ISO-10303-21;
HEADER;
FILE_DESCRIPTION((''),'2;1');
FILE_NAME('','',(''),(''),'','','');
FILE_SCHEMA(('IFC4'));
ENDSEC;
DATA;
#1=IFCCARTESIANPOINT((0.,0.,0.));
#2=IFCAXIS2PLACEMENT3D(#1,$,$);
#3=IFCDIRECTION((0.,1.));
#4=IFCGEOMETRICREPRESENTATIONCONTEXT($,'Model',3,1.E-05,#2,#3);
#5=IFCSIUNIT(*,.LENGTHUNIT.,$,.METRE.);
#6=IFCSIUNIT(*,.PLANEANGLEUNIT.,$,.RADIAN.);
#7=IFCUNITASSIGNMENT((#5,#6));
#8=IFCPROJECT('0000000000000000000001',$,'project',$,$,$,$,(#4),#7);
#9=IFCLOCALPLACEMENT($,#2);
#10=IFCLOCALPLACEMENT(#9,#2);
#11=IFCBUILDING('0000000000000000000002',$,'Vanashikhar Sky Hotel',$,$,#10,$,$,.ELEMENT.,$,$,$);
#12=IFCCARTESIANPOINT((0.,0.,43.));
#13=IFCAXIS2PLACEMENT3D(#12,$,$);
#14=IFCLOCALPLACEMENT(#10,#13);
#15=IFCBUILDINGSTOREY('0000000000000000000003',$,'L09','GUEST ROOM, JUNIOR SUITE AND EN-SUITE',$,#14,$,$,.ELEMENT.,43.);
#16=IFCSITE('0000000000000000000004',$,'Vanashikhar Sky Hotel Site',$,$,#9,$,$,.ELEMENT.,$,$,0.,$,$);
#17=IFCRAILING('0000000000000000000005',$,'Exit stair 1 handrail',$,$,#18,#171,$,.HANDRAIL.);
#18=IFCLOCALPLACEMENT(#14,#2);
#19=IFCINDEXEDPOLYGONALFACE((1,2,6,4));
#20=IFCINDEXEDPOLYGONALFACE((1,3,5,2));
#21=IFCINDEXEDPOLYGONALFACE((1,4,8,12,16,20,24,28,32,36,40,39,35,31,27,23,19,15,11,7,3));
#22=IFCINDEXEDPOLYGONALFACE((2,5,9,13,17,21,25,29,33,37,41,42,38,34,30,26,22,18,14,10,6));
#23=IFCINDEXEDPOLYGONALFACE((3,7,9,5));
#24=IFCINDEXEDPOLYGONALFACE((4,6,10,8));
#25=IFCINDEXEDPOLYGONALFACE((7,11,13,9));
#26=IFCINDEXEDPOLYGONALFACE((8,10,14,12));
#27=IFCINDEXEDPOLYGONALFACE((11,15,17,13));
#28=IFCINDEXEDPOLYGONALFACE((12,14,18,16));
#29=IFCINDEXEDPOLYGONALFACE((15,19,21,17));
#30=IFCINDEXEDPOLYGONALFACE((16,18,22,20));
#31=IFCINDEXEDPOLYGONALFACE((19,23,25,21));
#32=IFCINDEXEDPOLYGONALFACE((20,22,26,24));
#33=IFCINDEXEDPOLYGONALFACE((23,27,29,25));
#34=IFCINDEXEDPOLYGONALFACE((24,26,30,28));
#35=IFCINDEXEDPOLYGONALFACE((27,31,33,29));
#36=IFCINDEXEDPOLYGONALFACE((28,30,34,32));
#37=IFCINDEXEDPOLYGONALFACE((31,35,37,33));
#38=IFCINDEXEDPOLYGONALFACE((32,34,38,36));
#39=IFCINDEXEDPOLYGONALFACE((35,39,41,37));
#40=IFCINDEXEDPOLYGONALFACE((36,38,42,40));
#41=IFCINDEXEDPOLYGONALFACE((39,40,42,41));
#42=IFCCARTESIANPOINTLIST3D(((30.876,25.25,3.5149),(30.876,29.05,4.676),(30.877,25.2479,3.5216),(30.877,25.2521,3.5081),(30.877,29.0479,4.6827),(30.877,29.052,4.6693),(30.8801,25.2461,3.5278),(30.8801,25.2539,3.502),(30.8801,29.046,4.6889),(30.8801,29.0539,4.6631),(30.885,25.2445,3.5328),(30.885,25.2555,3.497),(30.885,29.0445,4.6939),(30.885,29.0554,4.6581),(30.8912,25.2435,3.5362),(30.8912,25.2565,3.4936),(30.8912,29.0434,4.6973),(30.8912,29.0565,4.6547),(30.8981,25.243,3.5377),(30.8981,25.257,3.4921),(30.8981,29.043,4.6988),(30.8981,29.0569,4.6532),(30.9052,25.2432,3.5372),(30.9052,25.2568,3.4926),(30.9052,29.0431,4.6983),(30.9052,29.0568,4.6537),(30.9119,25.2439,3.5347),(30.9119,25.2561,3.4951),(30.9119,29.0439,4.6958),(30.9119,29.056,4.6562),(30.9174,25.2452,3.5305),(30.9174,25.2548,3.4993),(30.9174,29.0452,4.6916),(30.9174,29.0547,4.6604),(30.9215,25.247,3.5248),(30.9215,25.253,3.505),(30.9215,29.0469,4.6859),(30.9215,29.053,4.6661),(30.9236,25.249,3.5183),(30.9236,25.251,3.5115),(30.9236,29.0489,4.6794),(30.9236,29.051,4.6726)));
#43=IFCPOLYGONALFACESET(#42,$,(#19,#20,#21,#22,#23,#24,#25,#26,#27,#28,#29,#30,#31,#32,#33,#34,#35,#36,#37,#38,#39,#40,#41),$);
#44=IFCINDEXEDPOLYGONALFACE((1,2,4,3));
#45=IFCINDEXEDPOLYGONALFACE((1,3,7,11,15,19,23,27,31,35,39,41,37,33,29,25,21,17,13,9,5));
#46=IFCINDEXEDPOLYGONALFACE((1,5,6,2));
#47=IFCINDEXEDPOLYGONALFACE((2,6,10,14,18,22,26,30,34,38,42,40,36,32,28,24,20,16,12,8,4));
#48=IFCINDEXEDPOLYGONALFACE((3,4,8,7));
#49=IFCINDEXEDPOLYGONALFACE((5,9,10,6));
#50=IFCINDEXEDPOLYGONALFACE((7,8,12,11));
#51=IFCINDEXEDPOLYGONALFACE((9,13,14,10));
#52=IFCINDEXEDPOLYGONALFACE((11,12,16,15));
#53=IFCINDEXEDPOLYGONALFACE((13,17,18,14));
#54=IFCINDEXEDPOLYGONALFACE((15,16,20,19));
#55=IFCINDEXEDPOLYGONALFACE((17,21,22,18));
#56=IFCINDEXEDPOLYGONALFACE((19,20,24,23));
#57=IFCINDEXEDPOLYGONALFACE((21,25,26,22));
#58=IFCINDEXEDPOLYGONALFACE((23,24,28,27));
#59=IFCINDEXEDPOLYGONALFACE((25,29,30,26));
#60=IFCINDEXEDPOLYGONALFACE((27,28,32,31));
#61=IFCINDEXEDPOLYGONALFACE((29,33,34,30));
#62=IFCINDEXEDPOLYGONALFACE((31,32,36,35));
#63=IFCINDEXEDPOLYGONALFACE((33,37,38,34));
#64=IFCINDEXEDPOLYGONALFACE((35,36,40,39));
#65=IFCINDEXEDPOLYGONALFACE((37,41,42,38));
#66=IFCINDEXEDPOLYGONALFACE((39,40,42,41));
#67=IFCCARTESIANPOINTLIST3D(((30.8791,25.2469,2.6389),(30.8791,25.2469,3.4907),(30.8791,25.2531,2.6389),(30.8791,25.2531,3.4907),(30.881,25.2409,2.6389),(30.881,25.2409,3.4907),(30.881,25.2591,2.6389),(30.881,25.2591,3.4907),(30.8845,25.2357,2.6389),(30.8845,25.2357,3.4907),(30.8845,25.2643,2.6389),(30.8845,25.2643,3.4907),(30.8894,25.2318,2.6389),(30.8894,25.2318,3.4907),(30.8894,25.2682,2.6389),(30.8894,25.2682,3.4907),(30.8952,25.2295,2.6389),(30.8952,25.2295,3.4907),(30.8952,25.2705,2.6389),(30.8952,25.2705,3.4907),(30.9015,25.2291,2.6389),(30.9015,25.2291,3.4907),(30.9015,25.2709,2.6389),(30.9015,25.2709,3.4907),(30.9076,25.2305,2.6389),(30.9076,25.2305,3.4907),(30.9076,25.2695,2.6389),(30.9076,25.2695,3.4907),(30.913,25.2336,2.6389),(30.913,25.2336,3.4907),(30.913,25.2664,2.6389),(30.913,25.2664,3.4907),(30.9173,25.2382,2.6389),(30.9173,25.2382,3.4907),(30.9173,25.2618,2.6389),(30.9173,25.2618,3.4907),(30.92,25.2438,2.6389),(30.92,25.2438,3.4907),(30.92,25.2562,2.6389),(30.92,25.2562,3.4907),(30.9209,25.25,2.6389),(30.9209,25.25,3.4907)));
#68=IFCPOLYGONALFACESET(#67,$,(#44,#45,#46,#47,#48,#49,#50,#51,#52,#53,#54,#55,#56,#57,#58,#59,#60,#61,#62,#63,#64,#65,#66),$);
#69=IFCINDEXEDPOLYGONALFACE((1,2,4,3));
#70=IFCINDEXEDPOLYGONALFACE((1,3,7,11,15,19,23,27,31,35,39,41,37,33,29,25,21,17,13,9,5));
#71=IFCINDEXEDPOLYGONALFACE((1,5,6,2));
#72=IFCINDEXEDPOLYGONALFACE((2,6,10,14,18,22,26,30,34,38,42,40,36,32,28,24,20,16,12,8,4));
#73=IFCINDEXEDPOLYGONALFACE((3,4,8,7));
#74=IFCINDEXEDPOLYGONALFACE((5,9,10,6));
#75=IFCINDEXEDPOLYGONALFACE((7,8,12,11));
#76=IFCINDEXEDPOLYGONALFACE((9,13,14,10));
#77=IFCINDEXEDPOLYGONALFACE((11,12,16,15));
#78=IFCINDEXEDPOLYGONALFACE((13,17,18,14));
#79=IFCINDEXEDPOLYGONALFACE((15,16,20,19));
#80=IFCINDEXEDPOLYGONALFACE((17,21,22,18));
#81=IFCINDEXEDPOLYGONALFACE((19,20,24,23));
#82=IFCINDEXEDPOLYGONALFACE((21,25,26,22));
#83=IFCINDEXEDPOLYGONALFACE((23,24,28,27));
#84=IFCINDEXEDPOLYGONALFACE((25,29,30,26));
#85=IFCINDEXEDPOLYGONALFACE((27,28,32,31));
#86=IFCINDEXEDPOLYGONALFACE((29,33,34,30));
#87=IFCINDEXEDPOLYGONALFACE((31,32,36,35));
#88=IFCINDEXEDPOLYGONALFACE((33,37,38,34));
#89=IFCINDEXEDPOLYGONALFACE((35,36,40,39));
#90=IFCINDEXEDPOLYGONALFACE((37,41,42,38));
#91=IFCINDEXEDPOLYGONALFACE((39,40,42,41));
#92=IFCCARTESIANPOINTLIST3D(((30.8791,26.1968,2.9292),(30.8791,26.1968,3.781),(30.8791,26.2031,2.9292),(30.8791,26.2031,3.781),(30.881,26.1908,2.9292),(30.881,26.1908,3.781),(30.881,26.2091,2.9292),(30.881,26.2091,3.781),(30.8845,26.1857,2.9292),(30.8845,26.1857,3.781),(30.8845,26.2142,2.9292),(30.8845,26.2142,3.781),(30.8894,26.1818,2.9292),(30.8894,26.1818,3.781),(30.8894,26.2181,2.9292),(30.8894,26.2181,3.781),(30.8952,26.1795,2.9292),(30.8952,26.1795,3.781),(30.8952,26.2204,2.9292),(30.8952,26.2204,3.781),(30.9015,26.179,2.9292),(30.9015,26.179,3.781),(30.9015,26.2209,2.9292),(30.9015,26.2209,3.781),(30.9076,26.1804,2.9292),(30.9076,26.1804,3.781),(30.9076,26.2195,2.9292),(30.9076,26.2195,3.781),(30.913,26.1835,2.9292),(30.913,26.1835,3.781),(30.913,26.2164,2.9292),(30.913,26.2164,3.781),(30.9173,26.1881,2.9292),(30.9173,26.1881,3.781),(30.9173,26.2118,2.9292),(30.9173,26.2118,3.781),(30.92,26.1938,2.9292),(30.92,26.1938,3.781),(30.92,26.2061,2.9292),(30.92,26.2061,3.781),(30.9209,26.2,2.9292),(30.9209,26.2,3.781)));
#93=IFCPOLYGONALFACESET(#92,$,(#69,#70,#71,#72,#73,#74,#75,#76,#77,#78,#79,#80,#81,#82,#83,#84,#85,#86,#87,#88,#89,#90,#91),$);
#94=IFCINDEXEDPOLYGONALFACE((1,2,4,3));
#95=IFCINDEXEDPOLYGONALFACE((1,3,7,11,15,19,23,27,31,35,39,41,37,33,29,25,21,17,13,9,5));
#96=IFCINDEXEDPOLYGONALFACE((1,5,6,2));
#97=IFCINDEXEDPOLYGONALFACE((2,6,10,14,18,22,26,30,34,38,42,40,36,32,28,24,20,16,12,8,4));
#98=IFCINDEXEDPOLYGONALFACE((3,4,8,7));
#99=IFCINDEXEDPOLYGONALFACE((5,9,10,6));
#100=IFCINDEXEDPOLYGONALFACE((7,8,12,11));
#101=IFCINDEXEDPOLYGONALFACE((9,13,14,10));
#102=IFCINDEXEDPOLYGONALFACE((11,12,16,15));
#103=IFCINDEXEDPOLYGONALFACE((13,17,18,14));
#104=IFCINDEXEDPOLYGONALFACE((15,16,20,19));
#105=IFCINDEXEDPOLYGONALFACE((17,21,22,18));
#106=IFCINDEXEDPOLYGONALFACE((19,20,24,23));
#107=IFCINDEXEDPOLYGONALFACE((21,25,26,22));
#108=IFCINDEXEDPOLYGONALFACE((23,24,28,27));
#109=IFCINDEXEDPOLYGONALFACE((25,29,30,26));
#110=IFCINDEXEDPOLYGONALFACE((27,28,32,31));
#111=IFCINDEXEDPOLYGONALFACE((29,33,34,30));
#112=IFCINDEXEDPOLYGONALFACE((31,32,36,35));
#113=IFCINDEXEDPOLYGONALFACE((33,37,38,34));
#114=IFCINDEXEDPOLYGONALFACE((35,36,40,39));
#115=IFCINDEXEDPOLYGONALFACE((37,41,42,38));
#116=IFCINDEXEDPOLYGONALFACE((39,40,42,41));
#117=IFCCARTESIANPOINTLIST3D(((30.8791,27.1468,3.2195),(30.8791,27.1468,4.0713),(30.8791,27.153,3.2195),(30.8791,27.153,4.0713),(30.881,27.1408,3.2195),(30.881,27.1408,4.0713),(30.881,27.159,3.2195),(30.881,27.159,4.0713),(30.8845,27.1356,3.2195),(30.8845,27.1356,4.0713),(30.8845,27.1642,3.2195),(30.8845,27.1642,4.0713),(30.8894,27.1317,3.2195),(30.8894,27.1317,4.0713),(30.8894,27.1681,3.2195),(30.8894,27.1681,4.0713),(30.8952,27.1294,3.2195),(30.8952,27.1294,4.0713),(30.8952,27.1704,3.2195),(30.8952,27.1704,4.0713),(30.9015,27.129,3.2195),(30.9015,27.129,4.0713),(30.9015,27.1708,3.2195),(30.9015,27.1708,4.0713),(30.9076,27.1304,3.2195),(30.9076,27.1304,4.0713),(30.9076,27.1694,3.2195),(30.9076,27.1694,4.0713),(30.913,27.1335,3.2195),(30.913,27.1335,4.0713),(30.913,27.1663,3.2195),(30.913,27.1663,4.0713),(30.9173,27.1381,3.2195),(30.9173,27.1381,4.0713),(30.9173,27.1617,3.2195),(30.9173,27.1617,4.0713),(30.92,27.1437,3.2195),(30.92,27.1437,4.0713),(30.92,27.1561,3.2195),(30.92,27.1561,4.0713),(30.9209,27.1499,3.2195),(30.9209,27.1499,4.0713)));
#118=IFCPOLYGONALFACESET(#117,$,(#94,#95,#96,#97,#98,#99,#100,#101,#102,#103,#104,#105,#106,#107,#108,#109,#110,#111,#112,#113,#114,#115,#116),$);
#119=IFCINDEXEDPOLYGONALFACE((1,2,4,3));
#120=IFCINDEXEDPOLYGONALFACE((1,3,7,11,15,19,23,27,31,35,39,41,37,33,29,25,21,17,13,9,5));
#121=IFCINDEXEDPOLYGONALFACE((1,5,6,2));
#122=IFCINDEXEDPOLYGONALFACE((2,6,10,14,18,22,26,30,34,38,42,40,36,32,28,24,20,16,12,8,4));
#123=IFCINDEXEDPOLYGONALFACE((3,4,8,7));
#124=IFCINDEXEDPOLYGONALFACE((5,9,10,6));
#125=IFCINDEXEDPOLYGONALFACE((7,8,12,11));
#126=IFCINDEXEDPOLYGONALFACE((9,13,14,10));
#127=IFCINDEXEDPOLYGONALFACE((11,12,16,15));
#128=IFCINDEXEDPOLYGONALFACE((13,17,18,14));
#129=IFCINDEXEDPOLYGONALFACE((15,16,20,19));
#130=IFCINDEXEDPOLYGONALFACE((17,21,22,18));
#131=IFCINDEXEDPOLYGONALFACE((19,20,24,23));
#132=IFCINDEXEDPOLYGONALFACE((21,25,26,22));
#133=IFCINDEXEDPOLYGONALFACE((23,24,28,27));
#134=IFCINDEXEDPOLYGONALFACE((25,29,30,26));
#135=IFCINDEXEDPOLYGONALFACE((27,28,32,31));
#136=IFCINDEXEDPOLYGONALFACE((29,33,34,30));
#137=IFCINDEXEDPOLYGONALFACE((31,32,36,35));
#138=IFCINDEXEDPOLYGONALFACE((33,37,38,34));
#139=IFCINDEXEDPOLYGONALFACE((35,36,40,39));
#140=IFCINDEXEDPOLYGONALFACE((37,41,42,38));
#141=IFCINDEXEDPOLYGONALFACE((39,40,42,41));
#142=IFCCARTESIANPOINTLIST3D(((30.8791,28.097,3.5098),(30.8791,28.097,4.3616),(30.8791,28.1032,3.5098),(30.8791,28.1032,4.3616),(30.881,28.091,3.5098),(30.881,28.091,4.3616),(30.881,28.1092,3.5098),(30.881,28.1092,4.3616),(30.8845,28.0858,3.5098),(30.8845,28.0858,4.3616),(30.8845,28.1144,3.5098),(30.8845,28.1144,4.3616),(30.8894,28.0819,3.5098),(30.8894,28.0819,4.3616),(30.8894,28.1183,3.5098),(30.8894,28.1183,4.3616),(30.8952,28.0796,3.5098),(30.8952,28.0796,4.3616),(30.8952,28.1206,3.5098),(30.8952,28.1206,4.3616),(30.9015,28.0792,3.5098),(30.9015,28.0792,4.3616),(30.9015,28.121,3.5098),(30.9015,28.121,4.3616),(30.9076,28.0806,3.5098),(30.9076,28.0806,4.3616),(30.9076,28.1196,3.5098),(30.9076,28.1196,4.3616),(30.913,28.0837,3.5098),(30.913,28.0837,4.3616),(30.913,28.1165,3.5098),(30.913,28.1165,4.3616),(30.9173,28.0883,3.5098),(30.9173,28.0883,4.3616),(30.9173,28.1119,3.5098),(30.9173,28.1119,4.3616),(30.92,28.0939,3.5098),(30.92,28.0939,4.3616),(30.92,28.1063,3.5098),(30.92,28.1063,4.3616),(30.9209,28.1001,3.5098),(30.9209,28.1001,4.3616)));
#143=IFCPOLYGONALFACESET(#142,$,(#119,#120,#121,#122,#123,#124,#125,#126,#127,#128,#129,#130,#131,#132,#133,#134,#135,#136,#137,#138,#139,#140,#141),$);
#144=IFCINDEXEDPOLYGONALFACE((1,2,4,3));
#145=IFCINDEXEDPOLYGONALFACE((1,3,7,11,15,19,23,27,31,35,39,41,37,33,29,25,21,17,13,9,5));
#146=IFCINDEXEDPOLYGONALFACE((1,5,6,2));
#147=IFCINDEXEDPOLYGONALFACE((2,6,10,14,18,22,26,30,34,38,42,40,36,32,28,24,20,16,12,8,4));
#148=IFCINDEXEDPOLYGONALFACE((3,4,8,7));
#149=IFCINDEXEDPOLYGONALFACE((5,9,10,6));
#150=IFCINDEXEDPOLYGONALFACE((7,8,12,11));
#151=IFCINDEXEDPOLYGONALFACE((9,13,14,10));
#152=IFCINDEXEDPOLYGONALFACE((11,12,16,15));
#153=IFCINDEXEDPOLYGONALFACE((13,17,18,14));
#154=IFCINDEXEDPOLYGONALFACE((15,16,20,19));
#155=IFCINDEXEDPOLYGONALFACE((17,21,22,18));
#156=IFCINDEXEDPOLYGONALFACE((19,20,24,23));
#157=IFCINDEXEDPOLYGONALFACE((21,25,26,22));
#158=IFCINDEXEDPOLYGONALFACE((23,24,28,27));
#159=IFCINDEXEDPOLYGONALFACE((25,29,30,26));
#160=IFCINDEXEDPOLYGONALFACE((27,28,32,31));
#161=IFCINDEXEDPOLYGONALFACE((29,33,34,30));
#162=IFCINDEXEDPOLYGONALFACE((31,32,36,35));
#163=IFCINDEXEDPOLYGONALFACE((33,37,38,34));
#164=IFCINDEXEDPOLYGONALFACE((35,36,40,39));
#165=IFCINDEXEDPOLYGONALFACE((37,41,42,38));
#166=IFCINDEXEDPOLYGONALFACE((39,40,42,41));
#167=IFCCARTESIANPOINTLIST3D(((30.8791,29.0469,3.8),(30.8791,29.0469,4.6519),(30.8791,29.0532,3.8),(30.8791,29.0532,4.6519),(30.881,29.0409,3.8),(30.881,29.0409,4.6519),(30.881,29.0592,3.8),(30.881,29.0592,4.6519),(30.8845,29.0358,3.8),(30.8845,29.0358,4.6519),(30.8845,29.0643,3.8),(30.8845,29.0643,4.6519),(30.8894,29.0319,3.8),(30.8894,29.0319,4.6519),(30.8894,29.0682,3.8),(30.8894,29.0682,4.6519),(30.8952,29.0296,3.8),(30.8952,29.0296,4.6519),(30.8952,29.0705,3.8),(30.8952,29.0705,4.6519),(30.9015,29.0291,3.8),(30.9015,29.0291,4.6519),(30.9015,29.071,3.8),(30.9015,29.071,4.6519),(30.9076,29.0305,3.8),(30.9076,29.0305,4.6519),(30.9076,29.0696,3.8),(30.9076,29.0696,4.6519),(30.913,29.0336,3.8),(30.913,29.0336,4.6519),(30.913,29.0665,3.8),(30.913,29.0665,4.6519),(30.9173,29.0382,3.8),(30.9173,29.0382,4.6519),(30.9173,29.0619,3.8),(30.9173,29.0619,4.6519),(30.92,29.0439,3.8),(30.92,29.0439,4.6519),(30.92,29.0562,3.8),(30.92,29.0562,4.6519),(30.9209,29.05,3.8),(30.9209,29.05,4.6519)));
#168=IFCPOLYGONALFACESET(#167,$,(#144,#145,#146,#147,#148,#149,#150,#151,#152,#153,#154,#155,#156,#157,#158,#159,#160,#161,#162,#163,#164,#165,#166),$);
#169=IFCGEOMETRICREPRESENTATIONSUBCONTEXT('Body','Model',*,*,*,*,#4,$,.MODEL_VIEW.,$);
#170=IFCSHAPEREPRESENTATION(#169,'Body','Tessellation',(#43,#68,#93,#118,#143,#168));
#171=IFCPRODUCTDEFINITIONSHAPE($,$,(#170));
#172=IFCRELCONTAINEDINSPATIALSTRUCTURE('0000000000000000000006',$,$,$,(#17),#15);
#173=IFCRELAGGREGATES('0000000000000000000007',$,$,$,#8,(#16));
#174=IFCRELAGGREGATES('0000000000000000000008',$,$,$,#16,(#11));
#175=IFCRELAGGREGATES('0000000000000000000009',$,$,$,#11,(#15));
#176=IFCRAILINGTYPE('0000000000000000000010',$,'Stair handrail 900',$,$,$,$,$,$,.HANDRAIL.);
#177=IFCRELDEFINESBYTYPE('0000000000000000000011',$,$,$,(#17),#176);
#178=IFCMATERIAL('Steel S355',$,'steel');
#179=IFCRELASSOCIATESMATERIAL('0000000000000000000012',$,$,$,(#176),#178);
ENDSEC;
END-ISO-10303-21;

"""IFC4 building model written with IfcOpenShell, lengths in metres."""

from ifc_helpers import new_model, si_unit, direction, frame, origin, origin_2d, place, context, subcontext, project, spatial, circle, extrude, source, transform, mapped, material, type_object, element, save


model = new_model("IFC4")

# Units and contexts
model_context = context("Model", 3, precision=1e-05, world=origin(), true_north=direction((0.0, 1.0)))
body_context = subcontext(model_context, "Body", "Model", "MODEL_VIEW")
ifc_project = project(units=[si_unit("LENGTHUNIT", "METRE"), si_unit("PLANEANGLEUNIT", "RADIAN")], contexts=[model_context])

# Site, building, storey
site_placement = place(None, origin())
site = spatial("IfcSite", under=ifc_project, at=site_placement, Name="Vanashikhar Sky Hotel Site", CompositionType="ELEMENT", RefElevation=0.0)
building_placement = place(site_placement, origin())
building = spatial("IfcBuilding", under=site, at=building_placement, Name="Vanashikhar Sky Hotel", CompositionType="ELEMENT")
storey_placement = place(building_placement, frame((0.0, 0.0, 43.0)))
storey = spatial("IfcBuildingStorey", under=building, at=storey_placement, Name="L09", Description="GUEST ROOM, JUNIOR SUITE AND EN-SUITE", CompositionType="ELEMENT", Elevation=43.0)

# Railing
ifc_material_1 = material(Name="Steel S355", Category="steel")
railing_type = type_object("IfcRailingType", Name="Stair handrail 900", PredefinedType="HANDRAIL", material=ifc_material_1)
shared_shape_1 = source(origin(), body_context, "Body", "SweptSolid", [
    extrude(circle(Radius=0.0239, at=origin_2d()), frame((0.0, 0.0, 0.876), z_axis=(0.0, 0.956351, 0.29222), x_axis=(-1.0, 0.0, 0.0)), (0.0, 0.0, 1.0), 3.9734),
    extrude(circle(Radius=0.021, at=origin_2d()), origin(), (0.0, 0.0, 1.0), 0.8518),
    extrude(circle(Radius=0.021, at=origin_2d()), frame((0.0, 0.95, 0.2903)), (0.0, 0.0, 1.0), 0.8518),
    extrude(circle(Radius=0.021, at=origin_2d()), frame((0.0, 1.8999, 0.5806)), (0.0, 0.0, 1.0), 0.8518),
    extrude(circle(Radius=0.021, at=origin_2d()), frame((0.0, 2.8501, 0.8708)), (0.0, 0.0, 1.0), 0.8518),
    extrude(circle(Radius=0.021, at=origin_2d()), frame((0.0, 3.8, 1.1611)), (0.0, 0.0, 1.0), 0.8518),
])
for number, where, name in (
    (1, (30.8999, 25.25, 2.6389), "Exit stair 1 handrail"),
):
    element("IfcRailing", number, at=place(storey_placement, frame(where)), inside=storey, type_object=railing_type, Name=name, PredefinedType="HANDRAIL", context=body_context, shape_type="MappedRepresentation", body=[
        mapped(shared_shape_1, transform((0.0, 0.0, 0.0), scale=1.0)),
    ])

save(model, "model.ifc")
